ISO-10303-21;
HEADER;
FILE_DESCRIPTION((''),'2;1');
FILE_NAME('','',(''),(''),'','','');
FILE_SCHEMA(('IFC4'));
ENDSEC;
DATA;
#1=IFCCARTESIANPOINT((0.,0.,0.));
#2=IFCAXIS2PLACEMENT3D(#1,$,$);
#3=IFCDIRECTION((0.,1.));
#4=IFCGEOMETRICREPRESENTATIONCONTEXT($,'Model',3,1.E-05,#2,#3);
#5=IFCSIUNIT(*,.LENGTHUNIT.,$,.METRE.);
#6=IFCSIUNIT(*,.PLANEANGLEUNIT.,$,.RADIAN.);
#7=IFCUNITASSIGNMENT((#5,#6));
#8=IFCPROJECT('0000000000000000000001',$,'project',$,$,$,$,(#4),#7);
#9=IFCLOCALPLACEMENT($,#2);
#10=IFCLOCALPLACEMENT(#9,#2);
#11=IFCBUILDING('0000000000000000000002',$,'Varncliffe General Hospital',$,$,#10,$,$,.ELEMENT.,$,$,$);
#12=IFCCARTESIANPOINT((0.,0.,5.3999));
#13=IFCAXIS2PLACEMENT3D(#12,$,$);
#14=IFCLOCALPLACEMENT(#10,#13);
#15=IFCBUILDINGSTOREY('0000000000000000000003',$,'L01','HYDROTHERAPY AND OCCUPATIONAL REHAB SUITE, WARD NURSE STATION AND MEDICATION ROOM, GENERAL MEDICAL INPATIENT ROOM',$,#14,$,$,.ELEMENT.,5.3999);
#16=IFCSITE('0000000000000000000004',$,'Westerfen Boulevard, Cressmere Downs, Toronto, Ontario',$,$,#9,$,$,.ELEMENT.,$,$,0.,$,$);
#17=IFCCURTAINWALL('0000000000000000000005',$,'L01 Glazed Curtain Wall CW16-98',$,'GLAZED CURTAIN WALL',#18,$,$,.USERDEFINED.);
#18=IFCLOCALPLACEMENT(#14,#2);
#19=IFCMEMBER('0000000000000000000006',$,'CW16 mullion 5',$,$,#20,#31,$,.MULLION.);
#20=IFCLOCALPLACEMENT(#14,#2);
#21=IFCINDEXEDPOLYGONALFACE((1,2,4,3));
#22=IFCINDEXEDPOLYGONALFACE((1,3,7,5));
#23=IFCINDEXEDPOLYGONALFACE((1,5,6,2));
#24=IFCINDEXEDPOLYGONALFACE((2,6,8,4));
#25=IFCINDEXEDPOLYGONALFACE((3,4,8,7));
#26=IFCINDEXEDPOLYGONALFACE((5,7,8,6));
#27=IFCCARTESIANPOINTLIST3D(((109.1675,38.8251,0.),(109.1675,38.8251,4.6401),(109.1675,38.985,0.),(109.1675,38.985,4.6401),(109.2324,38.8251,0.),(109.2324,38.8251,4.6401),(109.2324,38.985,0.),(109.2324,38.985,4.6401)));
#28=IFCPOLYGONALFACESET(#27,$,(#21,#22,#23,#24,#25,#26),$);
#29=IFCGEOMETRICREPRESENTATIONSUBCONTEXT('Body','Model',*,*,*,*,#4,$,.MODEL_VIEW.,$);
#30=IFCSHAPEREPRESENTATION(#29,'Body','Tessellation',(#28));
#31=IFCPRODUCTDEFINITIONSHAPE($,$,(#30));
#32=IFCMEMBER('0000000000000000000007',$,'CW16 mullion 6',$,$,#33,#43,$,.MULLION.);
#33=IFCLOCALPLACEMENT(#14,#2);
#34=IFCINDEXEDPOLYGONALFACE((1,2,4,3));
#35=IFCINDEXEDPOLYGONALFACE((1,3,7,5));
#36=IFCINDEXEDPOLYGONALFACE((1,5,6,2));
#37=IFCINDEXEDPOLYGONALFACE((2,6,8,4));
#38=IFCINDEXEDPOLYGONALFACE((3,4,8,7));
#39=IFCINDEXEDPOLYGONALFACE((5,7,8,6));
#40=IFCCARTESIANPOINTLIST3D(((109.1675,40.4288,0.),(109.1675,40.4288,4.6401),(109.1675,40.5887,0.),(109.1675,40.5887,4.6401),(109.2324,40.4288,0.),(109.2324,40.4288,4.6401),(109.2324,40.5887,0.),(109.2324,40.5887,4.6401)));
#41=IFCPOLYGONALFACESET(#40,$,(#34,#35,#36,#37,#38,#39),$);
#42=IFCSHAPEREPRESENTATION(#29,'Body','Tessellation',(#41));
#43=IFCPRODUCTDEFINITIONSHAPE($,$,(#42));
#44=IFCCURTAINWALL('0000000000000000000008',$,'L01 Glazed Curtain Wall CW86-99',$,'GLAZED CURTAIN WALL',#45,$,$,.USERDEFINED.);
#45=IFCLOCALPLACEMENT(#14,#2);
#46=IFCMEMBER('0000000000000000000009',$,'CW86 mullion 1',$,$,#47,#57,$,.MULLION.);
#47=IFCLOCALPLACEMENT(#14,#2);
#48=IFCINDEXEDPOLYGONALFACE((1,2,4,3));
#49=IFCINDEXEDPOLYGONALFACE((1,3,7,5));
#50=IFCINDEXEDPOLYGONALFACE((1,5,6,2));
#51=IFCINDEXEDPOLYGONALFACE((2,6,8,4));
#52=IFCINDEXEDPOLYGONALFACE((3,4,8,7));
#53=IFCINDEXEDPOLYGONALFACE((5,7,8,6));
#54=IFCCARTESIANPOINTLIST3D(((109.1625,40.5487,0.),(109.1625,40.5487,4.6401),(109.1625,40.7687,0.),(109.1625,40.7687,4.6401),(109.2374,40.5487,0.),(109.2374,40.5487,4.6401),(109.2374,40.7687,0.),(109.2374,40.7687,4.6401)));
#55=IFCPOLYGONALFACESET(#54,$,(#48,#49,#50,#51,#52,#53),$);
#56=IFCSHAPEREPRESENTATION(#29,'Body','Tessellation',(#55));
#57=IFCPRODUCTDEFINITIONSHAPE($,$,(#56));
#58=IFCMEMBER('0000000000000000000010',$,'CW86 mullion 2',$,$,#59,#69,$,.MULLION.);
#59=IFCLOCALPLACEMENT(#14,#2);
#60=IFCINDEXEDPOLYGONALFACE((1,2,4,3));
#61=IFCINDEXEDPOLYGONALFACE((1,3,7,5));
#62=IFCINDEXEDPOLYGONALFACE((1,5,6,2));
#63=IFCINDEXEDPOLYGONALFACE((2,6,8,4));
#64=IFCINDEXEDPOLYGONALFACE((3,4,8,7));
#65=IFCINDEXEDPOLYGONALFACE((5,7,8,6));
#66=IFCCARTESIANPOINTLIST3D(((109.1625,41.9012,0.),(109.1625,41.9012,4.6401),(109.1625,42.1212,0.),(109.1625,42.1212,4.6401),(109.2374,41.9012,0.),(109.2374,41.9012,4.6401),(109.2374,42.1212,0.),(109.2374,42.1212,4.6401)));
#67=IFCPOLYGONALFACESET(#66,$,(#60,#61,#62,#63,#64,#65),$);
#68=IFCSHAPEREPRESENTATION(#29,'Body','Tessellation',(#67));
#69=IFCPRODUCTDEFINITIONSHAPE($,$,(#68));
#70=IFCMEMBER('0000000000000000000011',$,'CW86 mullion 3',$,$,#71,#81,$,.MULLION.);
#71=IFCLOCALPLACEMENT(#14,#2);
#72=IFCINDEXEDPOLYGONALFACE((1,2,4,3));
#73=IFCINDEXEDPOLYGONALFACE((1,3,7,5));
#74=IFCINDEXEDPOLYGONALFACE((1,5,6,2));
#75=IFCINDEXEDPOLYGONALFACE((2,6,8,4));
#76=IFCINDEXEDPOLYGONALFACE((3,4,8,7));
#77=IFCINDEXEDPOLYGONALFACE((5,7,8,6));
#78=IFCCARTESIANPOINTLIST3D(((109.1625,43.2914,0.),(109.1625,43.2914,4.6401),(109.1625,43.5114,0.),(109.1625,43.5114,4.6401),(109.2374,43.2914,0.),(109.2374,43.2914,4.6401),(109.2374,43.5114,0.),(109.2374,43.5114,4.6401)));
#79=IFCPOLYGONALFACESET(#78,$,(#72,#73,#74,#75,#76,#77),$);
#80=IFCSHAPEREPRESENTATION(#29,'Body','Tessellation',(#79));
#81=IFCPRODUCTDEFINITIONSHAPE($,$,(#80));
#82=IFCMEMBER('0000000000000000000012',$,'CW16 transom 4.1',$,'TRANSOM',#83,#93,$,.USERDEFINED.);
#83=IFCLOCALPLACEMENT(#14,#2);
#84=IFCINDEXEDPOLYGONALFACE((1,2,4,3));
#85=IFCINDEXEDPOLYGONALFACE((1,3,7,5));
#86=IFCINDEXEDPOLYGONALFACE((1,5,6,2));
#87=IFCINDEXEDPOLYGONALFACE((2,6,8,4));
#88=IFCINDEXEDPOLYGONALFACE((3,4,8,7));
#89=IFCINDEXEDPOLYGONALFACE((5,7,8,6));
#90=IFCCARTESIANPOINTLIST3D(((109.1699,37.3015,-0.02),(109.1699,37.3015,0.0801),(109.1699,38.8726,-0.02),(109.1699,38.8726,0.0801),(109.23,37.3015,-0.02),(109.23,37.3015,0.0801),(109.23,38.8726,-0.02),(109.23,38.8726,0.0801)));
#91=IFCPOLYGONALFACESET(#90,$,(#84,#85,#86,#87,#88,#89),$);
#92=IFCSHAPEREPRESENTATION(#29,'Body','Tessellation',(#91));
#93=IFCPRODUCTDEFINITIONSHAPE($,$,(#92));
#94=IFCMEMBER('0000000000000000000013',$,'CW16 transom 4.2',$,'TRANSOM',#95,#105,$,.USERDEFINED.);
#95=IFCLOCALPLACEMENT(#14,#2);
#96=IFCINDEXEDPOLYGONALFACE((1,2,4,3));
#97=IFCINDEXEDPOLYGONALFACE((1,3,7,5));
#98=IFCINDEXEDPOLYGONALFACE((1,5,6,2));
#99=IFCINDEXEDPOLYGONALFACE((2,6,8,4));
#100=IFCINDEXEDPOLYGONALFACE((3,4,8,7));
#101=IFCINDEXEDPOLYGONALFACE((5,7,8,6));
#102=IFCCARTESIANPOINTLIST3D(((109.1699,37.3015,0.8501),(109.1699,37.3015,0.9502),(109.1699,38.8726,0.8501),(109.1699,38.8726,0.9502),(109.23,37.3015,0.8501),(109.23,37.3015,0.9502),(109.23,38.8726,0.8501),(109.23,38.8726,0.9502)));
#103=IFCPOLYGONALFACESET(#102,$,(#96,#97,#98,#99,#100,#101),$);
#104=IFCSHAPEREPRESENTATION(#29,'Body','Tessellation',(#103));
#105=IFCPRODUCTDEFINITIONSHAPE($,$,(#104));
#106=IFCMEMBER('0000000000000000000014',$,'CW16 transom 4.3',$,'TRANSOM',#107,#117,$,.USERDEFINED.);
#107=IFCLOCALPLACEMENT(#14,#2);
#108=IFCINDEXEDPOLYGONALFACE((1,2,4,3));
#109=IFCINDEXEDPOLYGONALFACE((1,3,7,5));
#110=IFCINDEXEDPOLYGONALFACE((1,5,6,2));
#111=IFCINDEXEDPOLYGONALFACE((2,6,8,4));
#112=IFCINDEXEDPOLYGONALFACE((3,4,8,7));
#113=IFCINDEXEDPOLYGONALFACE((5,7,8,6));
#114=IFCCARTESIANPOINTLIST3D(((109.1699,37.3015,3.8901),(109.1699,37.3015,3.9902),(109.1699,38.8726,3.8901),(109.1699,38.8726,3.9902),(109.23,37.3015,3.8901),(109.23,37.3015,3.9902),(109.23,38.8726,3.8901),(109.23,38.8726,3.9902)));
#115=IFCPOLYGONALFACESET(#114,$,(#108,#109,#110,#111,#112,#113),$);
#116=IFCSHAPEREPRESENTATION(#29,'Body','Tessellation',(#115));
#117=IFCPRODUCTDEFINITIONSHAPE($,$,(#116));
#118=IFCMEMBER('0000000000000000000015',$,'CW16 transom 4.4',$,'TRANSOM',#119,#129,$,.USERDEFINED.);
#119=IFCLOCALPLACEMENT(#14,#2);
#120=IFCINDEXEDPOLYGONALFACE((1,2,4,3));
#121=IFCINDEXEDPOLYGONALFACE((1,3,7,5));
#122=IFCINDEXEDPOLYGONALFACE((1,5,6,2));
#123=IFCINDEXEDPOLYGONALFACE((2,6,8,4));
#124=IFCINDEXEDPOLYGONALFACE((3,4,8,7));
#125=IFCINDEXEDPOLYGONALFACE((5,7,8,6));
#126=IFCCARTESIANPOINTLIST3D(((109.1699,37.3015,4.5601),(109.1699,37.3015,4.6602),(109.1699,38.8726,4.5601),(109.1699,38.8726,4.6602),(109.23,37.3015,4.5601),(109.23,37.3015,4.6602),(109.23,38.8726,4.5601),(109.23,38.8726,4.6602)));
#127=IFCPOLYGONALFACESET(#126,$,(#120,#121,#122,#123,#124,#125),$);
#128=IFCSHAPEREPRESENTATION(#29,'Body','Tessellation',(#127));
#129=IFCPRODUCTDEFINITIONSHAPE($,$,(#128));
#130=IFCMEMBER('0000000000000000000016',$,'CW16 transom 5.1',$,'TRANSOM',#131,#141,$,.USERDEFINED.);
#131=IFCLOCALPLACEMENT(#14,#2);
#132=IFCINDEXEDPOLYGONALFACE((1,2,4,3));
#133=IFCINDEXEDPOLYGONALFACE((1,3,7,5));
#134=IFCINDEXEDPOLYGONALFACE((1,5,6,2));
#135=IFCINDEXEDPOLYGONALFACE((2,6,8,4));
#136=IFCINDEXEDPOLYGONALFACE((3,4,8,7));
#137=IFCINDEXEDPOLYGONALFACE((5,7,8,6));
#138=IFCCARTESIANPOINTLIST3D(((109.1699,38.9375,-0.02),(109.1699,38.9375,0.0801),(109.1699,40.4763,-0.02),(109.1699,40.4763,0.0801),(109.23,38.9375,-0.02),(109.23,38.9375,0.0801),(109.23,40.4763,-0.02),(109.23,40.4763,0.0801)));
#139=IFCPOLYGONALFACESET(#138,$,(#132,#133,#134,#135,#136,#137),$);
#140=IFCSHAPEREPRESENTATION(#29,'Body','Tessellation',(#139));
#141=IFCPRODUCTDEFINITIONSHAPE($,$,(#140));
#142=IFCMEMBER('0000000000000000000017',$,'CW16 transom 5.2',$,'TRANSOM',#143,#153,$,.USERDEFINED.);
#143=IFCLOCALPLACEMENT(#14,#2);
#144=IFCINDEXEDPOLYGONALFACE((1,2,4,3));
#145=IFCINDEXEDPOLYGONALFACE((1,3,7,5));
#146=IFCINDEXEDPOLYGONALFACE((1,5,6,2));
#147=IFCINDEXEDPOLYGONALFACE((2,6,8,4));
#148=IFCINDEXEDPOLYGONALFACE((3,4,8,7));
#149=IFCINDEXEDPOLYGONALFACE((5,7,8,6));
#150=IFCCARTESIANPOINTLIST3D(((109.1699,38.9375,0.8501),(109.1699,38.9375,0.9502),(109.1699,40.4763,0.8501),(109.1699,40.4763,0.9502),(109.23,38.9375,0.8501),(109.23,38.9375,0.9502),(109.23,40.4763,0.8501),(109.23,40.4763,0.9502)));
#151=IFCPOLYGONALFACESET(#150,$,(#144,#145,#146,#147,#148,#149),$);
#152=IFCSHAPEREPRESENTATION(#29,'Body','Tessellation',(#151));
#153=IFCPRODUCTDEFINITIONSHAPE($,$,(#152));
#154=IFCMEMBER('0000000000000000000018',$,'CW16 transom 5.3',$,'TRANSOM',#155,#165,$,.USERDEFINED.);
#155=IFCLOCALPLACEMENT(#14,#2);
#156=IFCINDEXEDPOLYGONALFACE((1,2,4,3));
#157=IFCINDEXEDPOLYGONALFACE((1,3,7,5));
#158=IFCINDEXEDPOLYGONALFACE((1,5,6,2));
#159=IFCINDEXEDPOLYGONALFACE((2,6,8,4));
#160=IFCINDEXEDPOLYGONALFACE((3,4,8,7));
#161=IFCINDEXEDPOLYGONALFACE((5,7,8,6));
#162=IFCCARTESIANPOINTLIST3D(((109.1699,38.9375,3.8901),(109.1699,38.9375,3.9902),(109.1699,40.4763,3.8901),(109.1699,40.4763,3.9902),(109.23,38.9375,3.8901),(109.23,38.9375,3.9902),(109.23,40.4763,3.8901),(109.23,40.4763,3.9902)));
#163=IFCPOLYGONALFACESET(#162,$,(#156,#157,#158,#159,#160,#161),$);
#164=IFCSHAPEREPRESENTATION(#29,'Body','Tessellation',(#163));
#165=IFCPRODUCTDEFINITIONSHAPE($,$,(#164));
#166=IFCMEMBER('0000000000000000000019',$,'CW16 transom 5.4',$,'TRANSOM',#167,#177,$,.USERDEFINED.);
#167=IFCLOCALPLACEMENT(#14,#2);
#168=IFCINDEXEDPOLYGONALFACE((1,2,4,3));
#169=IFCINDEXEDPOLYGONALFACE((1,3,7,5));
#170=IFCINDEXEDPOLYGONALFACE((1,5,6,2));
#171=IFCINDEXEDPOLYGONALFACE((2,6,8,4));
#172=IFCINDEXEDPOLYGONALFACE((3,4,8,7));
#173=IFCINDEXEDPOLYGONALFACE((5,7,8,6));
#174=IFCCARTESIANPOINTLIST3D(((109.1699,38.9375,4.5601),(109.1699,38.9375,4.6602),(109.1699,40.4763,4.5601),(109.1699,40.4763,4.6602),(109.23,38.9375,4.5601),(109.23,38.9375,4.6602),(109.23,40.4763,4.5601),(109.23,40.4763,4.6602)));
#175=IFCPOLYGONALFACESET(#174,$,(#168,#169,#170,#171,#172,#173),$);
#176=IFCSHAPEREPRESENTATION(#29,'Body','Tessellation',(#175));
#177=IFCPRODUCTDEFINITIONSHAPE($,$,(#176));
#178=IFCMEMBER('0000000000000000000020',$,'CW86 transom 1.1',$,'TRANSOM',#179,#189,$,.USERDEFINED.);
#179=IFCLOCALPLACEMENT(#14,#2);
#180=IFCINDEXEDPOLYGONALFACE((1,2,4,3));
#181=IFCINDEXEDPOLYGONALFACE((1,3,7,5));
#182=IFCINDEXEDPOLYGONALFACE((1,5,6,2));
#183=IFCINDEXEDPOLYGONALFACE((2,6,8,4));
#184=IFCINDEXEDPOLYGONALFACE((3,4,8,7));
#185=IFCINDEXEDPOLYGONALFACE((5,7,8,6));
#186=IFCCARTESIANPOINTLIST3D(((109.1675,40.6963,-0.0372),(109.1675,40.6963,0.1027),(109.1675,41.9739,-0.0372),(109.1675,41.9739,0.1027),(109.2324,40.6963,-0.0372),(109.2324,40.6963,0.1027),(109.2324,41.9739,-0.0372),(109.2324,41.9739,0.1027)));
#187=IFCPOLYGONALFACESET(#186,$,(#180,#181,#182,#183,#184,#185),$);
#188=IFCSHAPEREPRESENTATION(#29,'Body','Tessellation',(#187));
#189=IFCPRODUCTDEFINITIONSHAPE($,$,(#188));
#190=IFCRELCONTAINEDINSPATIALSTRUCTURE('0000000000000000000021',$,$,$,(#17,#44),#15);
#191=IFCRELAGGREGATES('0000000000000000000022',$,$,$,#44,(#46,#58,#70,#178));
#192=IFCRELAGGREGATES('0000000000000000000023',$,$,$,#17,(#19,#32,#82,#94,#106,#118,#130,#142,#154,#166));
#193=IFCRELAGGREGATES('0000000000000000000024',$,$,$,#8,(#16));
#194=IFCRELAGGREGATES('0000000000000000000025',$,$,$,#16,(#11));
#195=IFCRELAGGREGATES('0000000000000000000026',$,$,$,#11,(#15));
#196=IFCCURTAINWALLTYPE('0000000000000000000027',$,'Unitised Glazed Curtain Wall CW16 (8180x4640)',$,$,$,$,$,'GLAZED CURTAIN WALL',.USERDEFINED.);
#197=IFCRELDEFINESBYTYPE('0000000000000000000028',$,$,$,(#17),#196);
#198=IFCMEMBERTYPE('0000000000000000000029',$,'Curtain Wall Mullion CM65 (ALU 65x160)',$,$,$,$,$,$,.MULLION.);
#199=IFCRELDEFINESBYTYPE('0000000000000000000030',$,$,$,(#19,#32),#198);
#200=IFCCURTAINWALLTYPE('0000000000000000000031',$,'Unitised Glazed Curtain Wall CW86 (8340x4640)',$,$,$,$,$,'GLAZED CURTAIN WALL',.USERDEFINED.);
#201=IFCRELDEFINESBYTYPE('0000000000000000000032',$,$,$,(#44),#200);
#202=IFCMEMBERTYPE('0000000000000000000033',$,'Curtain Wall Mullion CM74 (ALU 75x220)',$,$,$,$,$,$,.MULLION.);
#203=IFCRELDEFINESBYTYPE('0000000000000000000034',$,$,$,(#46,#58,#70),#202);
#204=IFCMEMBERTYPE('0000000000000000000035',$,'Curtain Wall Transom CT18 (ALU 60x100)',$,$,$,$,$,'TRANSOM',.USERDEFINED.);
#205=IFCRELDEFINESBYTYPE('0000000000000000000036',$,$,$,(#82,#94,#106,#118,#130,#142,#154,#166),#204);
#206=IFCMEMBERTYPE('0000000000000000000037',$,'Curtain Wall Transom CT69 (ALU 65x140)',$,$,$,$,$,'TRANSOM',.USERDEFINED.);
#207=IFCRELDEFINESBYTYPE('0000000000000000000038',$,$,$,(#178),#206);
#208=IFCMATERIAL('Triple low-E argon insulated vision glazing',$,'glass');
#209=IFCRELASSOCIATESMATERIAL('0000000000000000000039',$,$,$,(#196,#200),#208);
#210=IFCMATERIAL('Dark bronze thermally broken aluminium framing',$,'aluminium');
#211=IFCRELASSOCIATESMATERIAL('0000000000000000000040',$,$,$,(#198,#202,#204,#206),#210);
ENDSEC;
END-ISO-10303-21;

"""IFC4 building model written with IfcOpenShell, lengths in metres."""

from ifc_helpers import new_model, si_unit, direction, frame, origin, origin_2d, place, context, subcontext, project, spatial, rectangle, extrude, material, material_profile, profile_set, type_object, element, aggregate, save


model = new_model("IFC4")

# Units and contexts
model_context = context("Model", 3, precision=1e-05, world=origin(), true_north=direction((0.0, 1.0)))
body_context = subcontext(model_context, "Body", "Model", "MODEL_VIEW")
ifc_project = project(units=[si_unit("LENGTHUNIT", "METRE"), si_unit("PLANEANGLEUNIT", "RADIAN")], contexts=[model_context])

# Site, building, storey
site_placement = place(None, origin())
site = spatial("IfcSite", under=ifc_project, at=site_placement, Name="Westerfen Boulevard, Cressmere Downs, Toronto, Ontario", CompositionType="ELEMENT", RefElevation=0.0)
building_placement = place(site_placement, origin())
building = spatial("IfcBuilding", under=site, at=building_placement, Name="Varncliffe General Hospital", CompositionType="ELEMENT")
storey_placement = place(building_placement, frame((0.0, 0.0, 5.3999)))
storey = spatial("IfcBuildingStorey", under=building, at=storey_placement, Name="L01", Description="HYDROTHERAPY AND OCCUPATIONAL REHAB SUITE, WARD NURSE STATION AND MEDICATION ROOM, GENERAL MEDICAL INPATIENT ROOM", CompositionType="ELEMENT", Elevation=5.3999)

# Curtain walls, members
ifc_material_1 = material(Name="Triple low-E argon insulated vision glazing", Category="glass")
curtain_wall_type_1 = type_object("IfcCurtainWallType", Name="Unitised Glazed Curtain Wall CW16 (8180x4640)", ElementType="GLAZED CURTAIN WALL", PredefinedType="USERDEFINED", material=ifc_material_1)
curtain_wall_1_placement = place(storey_placement, origin())
curtain_wall_1 = element("IfcCurtainWall", 1, at=curtain_wall_1_placement, inside=storey, type_object=curtain_wall_type_1, Name="L01 Glazed Curtain Wall CW16-98", ObjectType="GLAZED CURTAIN WALL", PredefinedType="USERDEFINED")
ifc_material_2 = material(Name="Dark bronze thermally broken aluminium framing", Category="aluminium")
ifc_material_profile_1 = material_profile(ifc_material_2, rectangle(XDim=0.0649, YDim=0.1599, at=origin_2d()), Name="ALU 65x160")
ifc_profile_set_1 = profile_set([ifc_material_profile_1], Name="Dark bronze thermally broken aluminium framing")
member_type_1 = type_object("IfcMemberType", Name="Curtain Wall Mullion CM65 (ALU 65x160)", PredefinedType="MULLION", material=ifc_profile_set_1)
member_1_placement = place(storey_placement, frame((109.2, 38.905, 0.0), z_axis=(0.0, 0.0, 1.0), x_axis=(-1.0, 0.0, 0.0)))
member_1 = element("IfcMember", 2, at=member_1_placement, type_object=member_type_1, Name="CW16 mullion 5", PredefinedType="MULLION", context=body_context, shape_type="SweptSolid", body=[
    extrude(rectangle(XDim=0.0649, YDim=0.1599, at=origin_2d()), origin(), (0.0, 0.0, 1.0), 4.6401),
])
member_2_placement = place(storey_placement, frame((109.2, 40.5088, 0.0), z_axis=(0.0, 0.0, 1.0), x_axis=(-1.0, 0.0, 0.0)))
member_2 = element("IfcMember", 3, at=member_2_placement, type_object=member_type_1, Name="CW16 mullion 6", PredefinedType="MULLION", context=body_context, shape_type="SweptSolid", body=[
    extrude(rectangle(XDim=0.0649, YDim=0.1599, at=origin_2d()), origin(), (0.0, 0.0, 1.0), 4.6401),
])
curtain_wall_type_2 = type_object("IfcCurtainWallType", Name="Unitised Glazed Curtain Wall CW86 (8340x4640)", ElementType="GLAZED CURTAIN WALL", PredefinedType="USERDEFINED", material=ifc_material_1)
curtain_wall_2_placement = place(storey_placement, origin())
curtain_wall_2 = element("IfcCurtainWall", 4, at=curtain_wall_2_placement, inside=storey, type_object=curtain_wall_type_2, Name="L01 Glazed Curtain Wall CW86-99", ObjectType="GLAZED CURTAIN WALL", PredefinedType="USERDEFINED")
ifc_material_profile_2 = material_profile(ifc_material_2, rectangle(XDim=0.075, YDim=0.22, at=origin_2d()), Name="ALU 75x220")
ifc_profile_set_2 = profile_set([ifc_material_profile_2], Name="Dark bronze thermally broken aluminium framing")
member_type_2 = type_object("IfcMemberType", Name="Curtain Wall Mullion CM74 (ALU 75x220)", PredefinedType="MULLION", material=ifc_profile_set_2)
member_3_placement = place(storey_placement, frame((109.2, 40.6587, 0.0), z_axis=(0.0, 0.0, 1.0), x_axis=(-1.0, 0.0, 0.0)))
member_3 = element("IfcMember", 5, at=member_3_placement, type_object=member_type_2, Name="CW86 mullion 1", PredefinedType="MULLION", context=body_context, shape_type="SweptSolid", body=[
    extrude(rectangle(XDim=0.075, YDim=0.22, at=origin_2d()), origin(), (0.0, 0.0, 1.0), 4.6401),
])
member_4_placement = place(storey_placement, frame((109.2, 42.0112, 0.0), z_axis=(0.0, 0.0, 1.0), x_axis=(-1.0, 0.0, 0.0)))
member_4 = element("IfcMember", 6, at=member_4_placement, type_object=member_type_2, Name="CW86 mullion 2", PredefinedType="MULLION", context=body_context, shape_type="SweptSolid", body=[
    extrude(rectangle(XDim=0.075, YDim=0.22, at=origin_2d()), origin(), (0.0, 0.0, 1.0), 4.6401),
])
member_5_placement = place(storey_placement, frame((109.2, 43.4014, 0.0), z_axis=(0.0, 0.0, 1.0), x_axis=(-1.0, 0.0, 0.0)))
member_5 = element("IfcMember", 7, at=member_5_placement, type_object=member_type_2, Name="CW86 mullion 3", PredefinedType="MULLION", context=body_context, shape_type="SweptSolid", body=[
    extrude(rectangle(XDim=0.075, YDim=0.22, at=origin_2d()), origin(), (0.0, 0.0, 1.0), 4.6401),
])

# Members
ifc_material_profile_3 = material_profile(ifc_material_2, rectangle(XDim=0.0601, YDim=0.1001, at=origin_2d()), Name="ALU 60x100")
ifc_profile_set_3 = profile_set([ifc_material_profile_3], Name="Dark bronze thermally broken aluminium framing")
member_type_3 = type_object("IfcMemberType", Name="Curtain Wall Transom CT18 (ALU 60x100)", ElementType="TRANSOM", PredefinedType="USERDEFINED", material=ifc_profile_set_3)
member_6_placement = place(storey_placement, frame((109.2, 37.3015, 0.03), z_axis=(0.0, 1.0, 0.0), x_axis=(-1.0, 0.0, 0.0)))
member_6 = element("IfcMember", 8, at=member_6_placement, type_object=member_type_3, Name="CW16 transom 4.1", ObjectType="TRANSOM", PredefinedType="USERDEFINED", context=body_context, shape_type="SweptSolid", body=[
    extrude(rectangle(XDim=0.0601, YDim=0.1001, at=origin_2d()), origin(), (0.0, 0.0, 1.0), 1.571),
])
member_7_placement = place(storey_placement, frame((109.2, 37.3015, 0.9001), z_axis=(0.0, 1.0, 0.0), x_axis=(-1.0, 0.0, 0.0)))
member_7 = element("IfcMember", 9, at=member_7_placement, type_object=member_type_3, Name="CW16 transom 4.2", ObjectType="TRANSOM", PredefinedType="USERDEFINED", context=body_context, shape_type="SweptSolid", body=[
    extrude(rectangle(XDim=0.0601, YDim=0.1001, at=origin_2d()), origin(), (0.0, 0.0, 1.0), 1.571),
])
member_8_placement = place(storey_placement, frame((109.2, 37.3015, 3.9402), z_axis=(0.0, 1.0, 0.0), x_axis=(-1.0, 0.0, 0.0)))
member_8 = element("IfcMember", 10, at=member_8_placement, type_object=member_type_3, Name="CW16 transom 4.3", ObjectType="TRANSOM", PredefinedType="USERDEFINED", context=body_context, shape_type="SweptSolid", body=[
    extrude(rectangle(XDim=0.0601, YDim=0.1001, at=origin_2d()), origin(), (0.0, 0.0, 1.0), 1.571),
])
member_9_placement = place(storey_placement, frame((109.2, 37.3015, 4.6101), z_axis=(0.0, 1.0, 0.0), x_axis=(-1.0, 0.0, 0.0)))
member_9 = element("IfcMember", 11, at=member_9_placement, type_object=member_type_3, Name="CW16 transom 4.4", ObjectType="TRANSOM", PredefinedType="USERDEFINED", context=body_context, shape_type="SweptSolid", body=[
    extrude(rectangle(XDim=0.0601, YDim=0.1001, at=origin_2d()), origin(), (0.0, 0.0, 1.0), 1.571),
])
member_10_placement = place(storey_placement, frame((109.2, 38.9375, 0.03), z_axis=(0.0, 1.0, 0.0), x_axis=(-1.0, 0.0, 0.0)))
member_10 = element("IfcMember", 12, at=member_10_placement, type_object=member_type_3, Name="CW16 transom 5.1", ObjectType="TRANSOM", PredefinedType="USERDEFINED", context=body_context, shape_type="SweptSolid", body=[
    extrude(rectangle(XDim=0.0601, YDim=0.1001, at=origin_2d()), origin(), (0.0, 0.0, 1.0), 1.5388),
])
member_11_placement = place(storey_placement, frame((109.2, 38.9375, 0.9001), z_axis=(0.0, 1.0, 0.0), x_axis=(-1.0, 0.0, 0.0)))
member_11 = element("IfcMember", 13, at=member_11_placement, type_object=member_type_3, Name="CW16 transom 5.2", ObjectType="TRANSOM", PredefinedType="USERDEFINED", context=body_context, shape_type="SweptSolid", body=[
    extrude(rectangle(XDim=0.0601, YDim=0.1001, at=origin_2d()), origin(), (0.0, 0.0, 1.0), 1.5388),
])
member_12_placement = place(storey_placement, frame((109.2, 38.9375, 3.9402), z_axis=(0.0, 1.0, 0.0), x_axis=(-1.0, 0.0, 0.0)))
member_12 = element("IfcMember", 14, at=member_12_placement, type_object=member_type_3, Name="CW16 transom 5.3", ObjectType="TRANSOM", PredefinedType="USERDEFINED", context=body_context, shape_type="SweptSolid", body=[
    extrude(rectangle(XDim=0.0601, YDim=0.1001, at=origin_2d()), origin(), (0.0, 0.0, 1.0), 1.5388),
])
member_13_placement = place(storey_placement, frame((109.2, 38.9375, 4.6101), z_axis=(0.0, 1.0, 0.0), x_axis=(-1.0, 0.0, 0.0)))
member_13 = element("IfcMember", 15, at=member_13_placement, type_object=member_type_3, Name="CW16 transom 5.4", ObjectType="TRANSOM", PredefinedType="USERDEFINED", context=body_context, shape_type="SweptSolid", body=[
    extrude(rectangle(XDim=0.0601, YDim=0.1001, at=origin_2d()), origin(), (0.0, 0.0, 1.0), 1.5388),
])
ifc_material_profile_4 = material_profile(ifc_material_2, rectangle(XDim=0.0649, YDim=0.1399, at=origin_2d()), Name="ALU 65x140")
ifc_profile_set_4 = profile_set([ifc_material_profile_4], Name="Dark bronze thermally broken aluminium framing")
member_type_4 = type_object("IfcMemberType", Name="Curtain Wall Transom CT69 (ALU 65x140)", ElementType="TRANSOM", PredefinedType="USERDEFINED", material=ifc_profile_set_4)
member_14_placement = place(storey_placement, frame((109.2, 40.6963, 0.0327), z_axis=(0.0, 1.0, 0.0), x_axis=(-1.0, 0.0, 0.0)))
member_14 = element("IfcMember", 16, at=member_14_placement, type_object=member_type_4, Name="CW86 transom 1.1", ObjectType="TRANSOM", PredefinedType="USERDEFINED", context=body_context, shape_type="SweptSolid", body=[
    extrude(rectangle(XDim=0.0649, YDim=0.1399, at=origin_2d()), origin(), (0.0, 0.0, 1.0), 1.2776),
])

aggregate(curtain_wall_2, [member_3, member_4, member_5, member_14])
aggregate(curtain_wall_1, [member_1, member_2, member_6, member_7, member_8, member_9, member_10, member_11, member_12, member_13])

save(model, "model.ifc")
